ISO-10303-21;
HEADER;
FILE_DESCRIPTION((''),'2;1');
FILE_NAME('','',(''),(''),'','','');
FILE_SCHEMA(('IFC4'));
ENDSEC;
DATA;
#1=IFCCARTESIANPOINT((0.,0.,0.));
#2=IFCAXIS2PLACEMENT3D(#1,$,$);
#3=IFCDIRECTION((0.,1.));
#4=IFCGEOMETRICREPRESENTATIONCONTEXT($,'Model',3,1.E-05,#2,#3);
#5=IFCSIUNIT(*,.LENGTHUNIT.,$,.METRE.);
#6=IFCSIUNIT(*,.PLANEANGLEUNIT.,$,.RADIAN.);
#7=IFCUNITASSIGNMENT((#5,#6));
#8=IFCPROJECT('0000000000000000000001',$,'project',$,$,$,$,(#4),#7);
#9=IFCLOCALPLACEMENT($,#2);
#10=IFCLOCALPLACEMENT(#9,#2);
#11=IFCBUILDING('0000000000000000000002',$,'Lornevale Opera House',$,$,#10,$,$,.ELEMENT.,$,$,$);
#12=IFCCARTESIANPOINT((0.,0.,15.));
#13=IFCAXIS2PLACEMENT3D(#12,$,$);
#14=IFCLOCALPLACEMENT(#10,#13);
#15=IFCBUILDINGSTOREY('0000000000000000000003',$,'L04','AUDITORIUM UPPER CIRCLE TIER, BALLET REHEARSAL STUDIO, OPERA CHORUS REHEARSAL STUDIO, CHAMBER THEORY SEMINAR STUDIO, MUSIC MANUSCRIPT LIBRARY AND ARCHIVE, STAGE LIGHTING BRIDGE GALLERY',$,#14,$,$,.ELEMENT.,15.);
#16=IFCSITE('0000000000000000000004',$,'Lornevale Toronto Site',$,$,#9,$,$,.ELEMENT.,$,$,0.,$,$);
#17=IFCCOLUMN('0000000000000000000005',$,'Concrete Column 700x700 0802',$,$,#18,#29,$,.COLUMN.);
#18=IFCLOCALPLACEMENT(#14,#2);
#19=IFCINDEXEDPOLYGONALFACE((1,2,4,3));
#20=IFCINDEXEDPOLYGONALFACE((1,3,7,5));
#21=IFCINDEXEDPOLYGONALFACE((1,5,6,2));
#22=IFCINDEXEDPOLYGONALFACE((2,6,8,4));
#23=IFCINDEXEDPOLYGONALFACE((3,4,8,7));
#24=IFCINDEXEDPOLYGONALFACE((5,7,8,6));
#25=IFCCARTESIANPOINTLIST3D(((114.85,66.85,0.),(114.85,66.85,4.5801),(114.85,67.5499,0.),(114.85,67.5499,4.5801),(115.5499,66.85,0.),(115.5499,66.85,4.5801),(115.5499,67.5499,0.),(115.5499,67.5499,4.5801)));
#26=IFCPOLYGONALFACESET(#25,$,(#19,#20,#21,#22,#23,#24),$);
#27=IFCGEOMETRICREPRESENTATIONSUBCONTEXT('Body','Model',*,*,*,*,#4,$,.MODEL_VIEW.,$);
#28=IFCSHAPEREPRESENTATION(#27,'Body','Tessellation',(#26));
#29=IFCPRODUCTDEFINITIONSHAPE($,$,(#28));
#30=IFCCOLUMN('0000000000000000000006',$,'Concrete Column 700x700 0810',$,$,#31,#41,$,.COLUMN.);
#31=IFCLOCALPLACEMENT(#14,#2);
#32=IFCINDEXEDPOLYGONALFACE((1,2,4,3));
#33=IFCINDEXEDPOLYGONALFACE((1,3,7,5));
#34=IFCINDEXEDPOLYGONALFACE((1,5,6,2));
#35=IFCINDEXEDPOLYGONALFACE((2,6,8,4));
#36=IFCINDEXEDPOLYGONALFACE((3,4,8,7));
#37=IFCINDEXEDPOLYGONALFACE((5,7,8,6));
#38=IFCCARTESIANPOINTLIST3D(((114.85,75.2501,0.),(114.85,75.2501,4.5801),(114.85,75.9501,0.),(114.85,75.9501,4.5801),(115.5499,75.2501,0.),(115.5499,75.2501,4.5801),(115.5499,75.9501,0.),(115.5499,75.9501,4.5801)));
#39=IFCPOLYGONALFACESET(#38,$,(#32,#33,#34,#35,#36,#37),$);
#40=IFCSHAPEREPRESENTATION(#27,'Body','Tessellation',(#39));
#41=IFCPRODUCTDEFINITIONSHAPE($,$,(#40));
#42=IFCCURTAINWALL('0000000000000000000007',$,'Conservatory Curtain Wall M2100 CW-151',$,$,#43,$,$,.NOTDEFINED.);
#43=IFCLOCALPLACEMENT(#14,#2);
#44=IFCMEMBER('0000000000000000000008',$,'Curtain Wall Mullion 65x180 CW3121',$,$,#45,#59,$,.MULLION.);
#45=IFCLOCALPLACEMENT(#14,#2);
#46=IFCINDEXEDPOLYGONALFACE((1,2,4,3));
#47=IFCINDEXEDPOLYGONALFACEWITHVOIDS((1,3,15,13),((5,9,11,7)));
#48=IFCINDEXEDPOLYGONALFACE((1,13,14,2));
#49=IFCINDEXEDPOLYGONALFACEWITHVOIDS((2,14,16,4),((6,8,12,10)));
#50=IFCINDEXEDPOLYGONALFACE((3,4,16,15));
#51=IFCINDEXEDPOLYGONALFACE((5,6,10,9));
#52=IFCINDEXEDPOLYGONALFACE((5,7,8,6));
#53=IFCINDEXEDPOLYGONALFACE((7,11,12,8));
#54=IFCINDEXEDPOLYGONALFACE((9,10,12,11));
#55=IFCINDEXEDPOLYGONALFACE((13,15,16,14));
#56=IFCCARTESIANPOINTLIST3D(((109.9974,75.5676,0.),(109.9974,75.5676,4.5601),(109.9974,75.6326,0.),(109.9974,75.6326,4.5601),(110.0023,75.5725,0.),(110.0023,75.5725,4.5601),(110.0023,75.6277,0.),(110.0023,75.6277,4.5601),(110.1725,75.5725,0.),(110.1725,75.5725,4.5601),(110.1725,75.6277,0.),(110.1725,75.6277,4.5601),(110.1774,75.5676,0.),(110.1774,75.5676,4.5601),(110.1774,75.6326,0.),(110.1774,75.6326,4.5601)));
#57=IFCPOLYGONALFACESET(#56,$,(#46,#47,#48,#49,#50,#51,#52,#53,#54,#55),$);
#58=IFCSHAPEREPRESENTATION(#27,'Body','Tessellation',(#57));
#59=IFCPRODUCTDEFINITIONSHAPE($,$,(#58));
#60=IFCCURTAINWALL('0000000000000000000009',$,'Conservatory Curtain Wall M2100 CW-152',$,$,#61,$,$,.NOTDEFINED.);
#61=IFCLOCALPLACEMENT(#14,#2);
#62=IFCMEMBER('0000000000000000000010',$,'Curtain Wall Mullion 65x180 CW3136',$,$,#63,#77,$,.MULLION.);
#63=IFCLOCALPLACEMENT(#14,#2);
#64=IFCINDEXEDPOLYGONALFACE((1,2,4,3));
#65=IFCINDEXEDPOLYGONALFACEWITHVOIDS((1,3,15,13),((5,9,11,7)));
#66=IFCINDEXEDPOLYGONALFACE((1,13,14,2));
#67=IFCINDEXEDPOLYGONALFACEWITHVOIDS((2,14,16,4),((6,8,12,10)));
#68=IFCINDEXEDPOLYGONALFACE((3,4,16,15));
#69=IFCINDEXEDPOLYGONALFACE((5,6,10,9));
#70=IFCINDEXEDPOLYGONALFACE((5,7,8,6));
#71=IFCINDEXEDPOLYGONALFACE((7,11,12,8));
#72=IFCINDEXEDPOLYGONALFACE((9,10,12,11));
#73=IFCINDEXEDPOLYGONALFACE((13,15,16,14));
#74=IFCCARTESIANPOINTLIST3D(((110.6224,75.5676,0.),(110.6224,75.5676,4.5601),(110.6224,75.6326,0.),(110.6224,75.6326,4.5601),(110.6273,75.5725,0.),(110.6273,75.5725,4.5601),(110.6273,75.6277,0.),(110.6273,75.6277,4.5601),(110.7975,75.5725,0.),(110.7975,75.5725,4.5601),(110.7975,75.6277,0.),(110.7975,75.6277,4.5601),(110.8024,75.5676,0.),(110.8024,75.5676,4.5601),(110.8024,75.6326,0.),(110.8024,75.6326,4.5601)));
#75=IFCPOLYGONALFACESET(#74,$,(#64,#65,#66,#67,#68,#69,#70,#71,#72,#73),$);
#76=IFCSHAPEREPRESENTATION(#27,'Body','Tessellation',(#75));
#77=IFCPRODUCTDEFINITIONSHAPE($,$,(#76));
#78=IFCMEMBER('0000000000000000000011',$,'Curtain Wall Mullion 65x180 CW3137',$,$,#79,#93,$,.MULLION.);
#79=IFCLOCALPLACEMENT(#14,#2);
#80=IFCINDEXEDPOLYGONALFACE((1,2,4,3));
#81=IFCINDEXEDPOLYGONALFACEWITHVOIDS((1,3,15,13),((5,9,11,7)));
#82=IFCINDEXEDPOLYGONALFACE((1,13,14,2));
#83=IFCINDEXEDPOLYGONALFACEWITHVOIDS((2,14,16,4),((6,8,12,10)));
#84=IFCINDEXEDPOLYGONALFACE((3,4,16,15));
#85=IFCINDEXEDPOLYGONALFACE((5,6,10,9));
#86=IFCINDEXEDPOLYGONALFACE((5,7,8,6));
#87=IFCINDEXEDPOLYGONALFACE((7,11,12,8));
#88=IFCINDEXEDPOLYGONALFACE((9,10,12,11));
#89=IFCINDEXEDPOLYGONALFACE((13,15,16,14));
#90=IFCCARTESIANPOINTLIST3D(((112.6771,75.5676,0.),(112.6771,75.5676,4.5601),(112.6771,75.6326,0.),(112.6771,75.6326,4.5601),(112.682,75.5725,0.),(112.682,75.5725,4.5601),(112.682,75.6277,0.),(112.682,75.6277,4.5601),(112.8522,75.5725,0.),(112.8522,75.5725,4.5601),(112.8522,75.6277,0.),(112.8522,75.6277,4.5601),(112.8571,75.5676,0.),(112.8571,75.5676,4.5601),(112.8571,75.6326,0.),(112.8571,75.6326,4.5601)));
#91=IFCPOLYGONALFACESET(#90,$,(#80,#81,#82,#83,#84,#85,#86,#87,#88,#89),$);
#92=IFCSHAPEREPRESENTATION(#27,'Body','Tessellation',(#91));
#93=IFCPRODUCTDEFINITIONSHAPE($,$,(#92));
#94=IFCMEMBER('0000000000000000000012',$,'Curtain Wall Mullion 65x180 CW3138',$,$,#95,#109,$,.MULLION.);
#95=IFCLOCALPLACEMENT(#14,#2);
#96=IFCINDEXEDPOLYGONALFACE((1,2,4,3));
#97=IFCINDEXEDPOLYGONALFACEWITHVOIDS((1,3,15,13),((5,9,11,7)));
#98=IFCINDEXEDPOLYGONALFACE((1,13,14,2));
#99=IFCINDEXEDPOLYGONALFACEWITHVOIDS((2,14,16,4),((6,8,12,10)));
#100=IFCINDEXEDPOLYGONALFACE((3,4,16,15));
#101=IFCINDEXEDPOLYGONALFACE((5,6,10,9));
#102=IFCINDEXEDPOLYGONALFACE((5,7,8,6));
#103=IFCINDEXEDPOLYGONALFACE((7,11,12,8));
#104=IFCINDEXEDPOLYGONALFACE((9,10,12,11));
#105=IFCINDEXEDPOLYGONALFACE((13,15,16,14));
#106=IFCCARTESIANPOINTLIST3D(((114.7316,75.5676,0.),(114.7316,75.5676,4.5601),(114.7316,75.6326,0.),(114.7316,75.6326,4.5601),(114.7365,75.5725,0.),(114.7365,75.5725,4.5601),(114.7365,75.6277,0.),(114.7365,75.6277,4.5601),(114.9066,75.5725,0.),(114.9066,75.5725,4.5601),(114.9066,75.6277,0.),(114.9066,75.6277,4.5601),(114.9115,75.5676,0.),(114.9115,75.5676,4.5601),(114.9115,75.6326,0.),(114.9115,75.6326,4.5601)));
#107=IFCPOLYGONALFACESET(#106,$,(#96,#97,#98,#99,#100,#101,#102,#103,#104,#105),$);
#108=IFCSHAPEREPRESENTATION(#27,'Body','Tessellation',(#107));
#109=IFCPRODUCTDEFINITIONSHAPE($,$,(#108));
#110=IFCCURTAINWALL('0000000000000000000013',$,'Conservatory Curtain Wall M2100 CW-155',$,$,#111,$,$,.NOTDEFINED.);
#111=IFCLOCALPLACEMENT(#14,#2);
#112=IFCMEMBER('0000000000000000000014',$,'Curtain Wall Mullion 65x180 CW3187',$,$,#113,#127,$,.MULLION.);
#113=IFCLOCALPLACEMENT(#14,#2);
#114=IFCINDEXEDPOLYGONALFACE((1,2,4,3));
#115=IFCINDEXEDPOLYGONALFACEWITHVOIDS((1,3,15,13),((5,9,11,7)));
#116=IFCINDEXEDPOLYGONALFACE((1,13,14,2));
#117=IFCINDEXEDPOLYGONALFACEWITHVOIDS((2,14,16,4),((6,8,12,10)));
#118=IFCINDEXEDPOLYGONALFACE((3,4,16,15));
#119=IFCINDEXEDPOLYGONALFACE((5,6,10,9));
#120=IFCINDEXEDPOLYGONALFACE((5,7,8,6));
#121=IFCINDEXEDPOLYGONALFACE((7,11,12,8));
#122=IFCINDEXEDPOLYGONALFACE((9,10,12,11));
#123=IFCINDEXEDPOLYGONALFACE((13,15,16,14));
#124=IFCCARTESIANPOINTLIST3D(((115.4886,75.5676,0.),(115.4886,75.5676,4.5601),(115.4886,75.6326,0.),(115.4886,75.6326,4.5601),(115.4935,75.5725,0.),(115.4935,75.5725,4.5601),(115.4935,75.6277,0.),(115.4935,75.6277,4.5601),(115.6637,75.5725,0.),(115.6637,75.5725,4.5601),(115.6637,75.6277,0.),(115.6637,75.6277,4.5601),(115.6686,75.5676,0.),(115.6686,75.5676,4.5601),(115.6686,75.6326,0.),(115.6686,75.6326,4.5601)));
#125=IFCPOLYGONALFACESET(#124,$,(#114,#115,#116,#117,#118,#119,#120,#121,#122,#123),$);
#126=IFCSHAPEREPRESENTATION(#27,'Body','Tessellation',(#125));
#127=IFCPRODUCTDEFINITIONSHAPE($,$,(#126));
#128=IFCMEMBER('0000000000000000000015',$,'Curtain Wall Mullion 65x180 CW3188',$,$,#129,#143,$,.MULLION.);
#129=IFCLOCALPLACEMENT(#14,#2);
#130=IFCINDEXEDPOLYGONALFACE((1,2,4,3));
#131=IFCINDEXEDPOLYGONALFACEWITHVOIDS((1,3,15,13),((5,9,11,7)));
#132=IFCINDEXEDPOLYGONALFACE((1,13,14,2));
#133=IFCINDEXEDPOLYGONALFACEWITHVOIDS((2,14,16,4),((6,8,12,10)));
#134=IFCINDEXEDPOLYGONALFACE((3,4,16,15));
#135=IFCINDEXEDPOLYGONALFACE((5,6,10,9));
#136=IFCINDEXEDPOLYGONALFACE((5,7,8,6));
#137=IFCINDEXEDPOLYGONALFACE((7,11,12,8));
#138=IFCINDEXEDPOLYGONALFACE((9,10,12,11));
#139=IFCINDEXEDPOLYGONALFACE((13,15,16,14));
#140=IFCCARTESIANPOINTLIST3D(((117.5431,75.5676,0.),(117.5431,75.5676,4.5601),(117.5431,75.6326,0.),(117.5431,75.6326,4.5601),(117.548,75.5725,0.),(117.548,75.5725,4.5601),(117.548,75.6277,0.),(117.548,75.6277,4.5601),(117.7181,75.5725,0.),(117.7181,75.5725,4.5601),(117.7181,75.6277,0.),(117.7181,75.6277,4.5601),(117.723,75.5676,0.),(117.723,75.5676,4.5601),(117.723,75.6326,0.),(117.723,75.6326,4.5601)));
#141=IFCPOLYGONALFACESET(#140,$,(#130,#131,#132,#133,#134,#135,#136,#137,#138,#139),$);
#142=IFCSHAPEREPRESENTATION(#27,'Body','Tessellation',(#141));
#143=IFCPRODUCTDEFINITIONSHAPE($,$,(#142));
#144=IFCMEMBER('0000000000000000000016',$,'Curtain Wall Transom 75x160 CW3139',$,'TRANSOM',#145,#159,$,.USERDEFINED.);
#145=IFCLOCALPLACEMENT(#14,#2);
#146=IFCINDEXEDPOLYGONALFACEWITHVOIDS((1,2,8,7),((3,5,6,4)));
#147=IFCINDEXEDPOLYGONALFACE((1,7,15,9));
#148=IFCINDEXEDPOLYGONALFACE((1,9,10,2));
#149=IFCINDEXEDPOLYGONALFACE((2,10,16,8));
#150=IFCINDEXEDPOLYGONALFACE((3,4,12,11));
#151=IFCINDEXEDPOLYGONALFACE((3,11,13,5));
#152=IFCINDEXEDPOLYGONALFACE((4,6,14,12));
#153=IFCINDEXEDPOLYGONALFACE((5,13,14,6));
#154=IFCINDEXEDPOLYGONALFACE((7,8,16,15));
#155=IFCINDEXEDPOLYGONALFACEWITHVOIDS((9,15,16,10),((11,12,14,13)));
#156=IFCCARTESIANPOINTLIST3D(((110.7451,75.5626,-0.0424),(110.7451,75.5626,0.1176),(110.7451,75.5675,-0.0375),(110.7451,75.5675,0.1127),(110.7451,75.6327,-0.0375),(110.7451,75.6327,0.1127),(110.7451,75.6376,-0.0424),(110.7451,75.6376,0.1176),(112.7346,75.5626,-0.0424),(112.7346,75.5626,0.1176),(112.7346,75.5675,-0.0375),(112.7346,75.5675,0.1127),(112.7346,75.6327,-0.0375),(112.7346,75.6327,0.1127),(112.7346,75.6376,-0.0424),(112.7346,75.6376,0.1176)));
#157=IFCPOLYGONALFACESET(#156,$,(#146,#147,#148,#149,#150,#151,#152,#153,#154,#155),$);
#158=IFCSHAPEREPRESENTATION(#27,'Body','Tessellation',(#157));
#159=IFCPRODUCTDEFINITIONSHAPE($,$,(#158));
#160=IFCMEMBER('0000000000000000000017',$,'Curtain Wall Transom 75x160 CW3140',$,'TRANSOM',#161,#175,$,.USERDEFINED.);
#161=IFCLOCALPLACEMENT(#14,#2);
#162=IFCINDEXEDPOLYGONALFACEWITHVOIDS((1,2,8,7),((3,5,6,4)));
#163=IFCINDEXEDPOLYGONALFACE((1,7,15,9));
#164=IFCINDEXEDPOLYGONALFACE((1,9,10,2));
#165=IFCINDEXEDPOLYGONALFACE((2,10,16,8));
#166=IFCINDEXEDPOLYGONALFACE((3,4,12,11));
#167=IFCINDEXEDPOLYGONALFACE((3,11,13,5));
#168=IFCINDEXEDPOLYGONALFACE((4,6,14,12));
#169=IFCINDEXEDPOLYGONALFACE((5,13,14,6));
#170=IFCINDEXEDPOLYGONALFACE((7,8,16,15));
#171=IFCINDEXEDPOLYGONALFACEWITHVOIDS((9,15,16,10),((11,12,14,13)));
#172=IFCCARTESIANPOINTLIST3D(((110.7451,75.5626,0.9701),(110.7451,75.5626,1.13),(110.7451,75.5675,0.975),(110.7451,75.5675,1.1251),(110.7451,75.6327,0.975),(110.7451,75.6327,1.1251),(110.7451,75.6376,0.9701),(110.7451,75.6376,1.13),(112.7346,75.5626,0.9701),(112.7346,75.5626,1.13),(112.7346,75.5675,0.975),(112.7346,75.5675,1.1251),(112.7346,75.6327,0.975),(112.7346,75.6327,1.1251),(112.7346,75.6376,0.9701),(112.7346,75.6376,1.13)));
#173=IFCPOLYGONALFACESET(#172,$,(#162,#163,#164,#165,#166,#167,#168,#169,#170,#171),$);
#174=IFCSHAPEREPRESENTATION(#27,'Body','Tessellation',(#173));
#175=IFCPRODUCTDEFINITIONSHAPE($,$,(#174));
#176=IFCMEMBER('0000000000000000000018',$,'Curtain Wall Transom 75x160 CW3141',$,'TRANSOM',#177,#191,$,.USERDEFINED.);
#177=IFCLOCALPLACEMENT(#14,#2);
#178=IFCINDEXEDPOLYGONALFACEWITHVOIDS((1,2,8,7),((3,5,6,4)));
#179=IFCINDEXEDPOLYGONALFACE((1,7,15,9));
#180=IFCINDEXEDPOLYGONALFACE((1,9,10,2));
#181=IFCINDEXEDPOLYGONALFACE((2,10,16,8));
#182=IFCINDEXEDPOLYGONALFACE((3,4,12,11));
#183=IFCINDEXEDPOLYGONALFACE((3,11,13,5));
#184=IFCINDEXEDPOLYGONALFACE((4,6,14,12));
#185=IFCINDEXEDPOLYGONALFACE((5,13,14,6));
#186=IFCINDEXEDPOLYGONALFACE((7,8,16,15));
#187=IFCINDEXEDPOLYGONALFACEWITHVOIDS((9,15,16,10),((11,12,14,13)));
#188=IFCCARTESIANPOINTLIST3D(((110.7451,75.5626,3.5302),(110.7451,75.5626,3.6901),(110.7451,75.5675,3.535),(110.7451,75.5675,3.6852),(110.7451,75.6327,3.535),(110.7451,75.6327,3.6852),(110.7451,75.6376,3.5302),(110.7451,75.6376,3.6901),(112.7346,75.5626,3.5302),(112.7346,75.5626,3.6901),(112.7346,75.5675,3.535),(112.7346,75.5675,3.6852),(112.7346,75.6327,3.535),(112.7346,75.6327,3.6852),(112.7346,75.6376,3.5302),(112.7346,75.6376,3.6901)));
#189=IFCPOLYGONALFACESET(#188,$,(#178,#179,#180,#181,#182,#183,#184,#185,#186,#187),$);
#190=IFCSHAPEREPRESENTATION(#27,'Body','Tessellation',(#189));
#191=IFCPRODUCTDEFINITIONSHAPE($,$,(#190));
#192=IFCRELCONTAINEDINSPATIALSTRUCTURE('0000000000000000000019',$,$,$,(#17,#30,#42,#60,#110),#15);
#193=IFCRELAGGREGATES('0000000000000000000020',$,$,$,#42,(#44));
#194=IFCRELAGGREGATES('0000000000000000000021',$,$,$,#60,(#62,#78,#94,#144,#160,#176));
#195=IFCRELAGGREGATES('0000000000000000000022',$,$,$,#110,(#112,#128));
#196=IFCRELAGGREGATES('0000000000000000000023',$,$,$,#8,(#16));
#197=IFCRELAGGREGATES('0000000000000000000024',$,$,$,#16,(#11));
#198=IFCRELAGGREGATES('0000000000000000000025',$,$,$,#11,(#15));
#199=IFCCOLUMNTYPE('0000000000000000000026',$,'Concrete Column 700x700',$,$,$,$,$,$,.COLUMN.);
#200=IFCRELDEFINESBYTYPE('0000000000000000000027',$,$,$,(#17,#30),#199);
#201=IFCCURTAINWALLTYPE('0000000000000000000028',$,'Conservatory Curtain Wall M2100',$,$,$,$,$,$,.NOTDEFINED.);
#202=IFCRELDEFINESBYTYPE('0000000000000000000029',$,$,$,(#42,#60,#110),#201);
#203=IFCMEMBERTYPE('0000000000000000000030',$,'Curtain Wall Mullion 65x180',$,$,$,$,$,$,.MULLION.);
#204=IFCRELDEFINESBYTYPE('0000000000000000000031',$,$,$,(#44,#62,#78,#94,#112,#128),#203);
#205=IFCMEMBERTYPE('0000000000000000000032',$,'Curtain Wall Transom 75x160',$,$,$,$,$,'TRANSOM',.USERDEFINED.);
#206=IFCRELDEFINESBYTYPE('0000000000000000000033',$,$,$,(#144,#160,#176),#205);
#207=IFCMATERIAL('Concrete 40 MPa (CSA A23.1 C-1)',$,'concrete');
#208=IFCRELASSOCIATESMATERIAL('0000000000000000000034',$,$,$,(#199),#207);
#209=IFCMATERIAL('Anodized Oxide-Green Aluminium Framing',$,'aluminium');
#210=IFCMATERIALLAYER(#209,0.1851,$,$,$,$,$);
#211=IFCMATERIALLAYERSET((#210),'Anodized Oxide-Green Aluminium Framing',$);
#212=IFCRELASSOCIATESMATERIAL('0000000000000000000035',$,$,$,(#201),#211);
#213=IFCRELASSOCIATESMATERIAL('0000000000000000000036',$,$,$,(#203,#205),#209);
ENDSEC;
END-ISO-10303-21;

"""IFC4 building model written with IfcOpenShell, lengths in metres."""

from ifc_helpers import new_model, si_unit, direction, frame, origin, origin_2d, place, context, subcontext, project, spatial, rectangle, hollow_rectangle, extrude, material, layer, layer_set, material_profile, profile_set, type_object, element, aggregate, save


model = new_model("IFC4")

# Units and contexts
model_context = context("Model", 3, precision=1e-05, world=origin(), true_north=direction((0.0, 1.0)))
body_context = subcontext(model_context, "Body", "Model", "MODEL_VIEW")
ifc_project = project(units=[si_unit("LENGTHUNIT", "METRE"), si_unit("PLANEANGLEUNIT", "RADIAN")], contexts=[model_context])

# Site, building, storey
site_placement = place(None, origin())
site = spatial("IfcSite", under=ifc_project, at=site_placement, Name="Lornevale Toronto Site", CompositionType="ELEMENT", RefElevation=0.0)
building_placement = place(site_placement, origin())
building = spatial("IfcBuilding", under=site, at=building_placement, Name="Lornevale Opera House", CompositionType="ELEMENT")
storey_placement = place(building_placement, frame((0.0, 0.0, 15.0)))
storey = spatial("IfcBuildingStorey", under=building, at=storey_placement, Name="L04", Description="AUDITORIUM UPPER CIRCLE TIER, BALLET REHEARSAL STUDIO, OPERA CHORUS REHEARSAL STUDIO, CHAMBER THEORY SEMINAR STUDIO, MUSIC MANUSCRIPT LIBRARY AND ARCHIVE, STAGE LIGHTING BRIDGE GALLERY", CompositionType="ELEMENT", Elevation=15.0)

# Columns
ifc_material_1 = material(Name="Concrete 40 MPa (CSA A23.1 C-1)", Category="concrete")
ifc_material_profile_1 = material_profile(ifc_material_1, rectangle(XDim=0.7, YDim=0.7, at=origin_2d()), Name="RC700x700")
ifc_profile_set_1 = profile_set([ifc_material_profile_1], Name="Concrete 40 MPa (CSA A23.1 C-1)")
column_type = type_object("IfcColumnType", Name="Concrete Column 700x700", PredefinedType="COLUMN", material=ifc_profile_set_1)
for number, where, z_axis, x_axis, name in (
    (1, (115.2, 67.2, 0.0), (0.0, 0.0, 1.0), (1.0, 0.0, 0.0), "Concrete Column 700x700 0802"),
    (2, (115.2, 75.6001, 0.0), (0.0, 0.0, 1.0), (1.0, 0.0, 0.0), "Concrete Column 700x700 0810"),
):
    element("IfcColumn", number, at=place(storey_placement, frame(where, z_axis=z_axis, x_axis=x_axis)), inside=storey, type_object=column_type, Name=name, PredefinedType="COLUMN", context=body_context, shape_type="SweptSolid", body=[
        extrude(rectangle(XDim=0.7, YDim=0.7, at=origin_2d()), origin(), (0.0, 0.0, 1.0), 4.5801),
    ])

# Curtain wall, member
ifc_material_2 = material(Name="Anodized Oxide-Green Aluminium Framing", Category="aluminium")
ifc_layer_1 = layer(ifc_material_2, 0.1851)
ifc_layer_set_1 = layer_set([ifc_layer_1], Name="Anodized Oxide-Green Aluminium Framing")
curtain_wall_type = type_object("IfcCurtainWallType", Name="Conservatory Curtain Wall M2100", PredefinedType="NOTDEFINED", material=ifc_layer_set_1)
curtain_wall_1_placement = place(storey_placement, origin())
curtain_wall_1 = element("IfcCurtainWall", 3, at=curtain_wall_1_placement, inside=storey, type_object=curtain_wall_type, Name="Conservatory Curtain Wall M2100 CW-151", PredefinedType="NOTDEFINED")
ifc_material_profile_2 = material_profile(ifc_material_2, hollow_rectangle(XDim=0.0649, YDim=0.1799, WallThickness=0.0049, at=origin_2d()), Name="ALU65x180x5")
ifc_profile_set_2 = profile_set([ifc_material_profile_2], Name="Anodized Oxide-Green Aluminium Framing")
member_type_1 = type_object("IfcMemberType", Name="Curtain Wall Mullion 65x180", PredefinedType="MULLION", material=ifc_profile_set_2)
member_1_placement = place(storey_placement, frame((110.0874, 75.6001, 0.0), z_axis=(0.0, 0.0, 1.0), x_axis=(0.0, 1.0, 0.0)))
member_1 = element("IfcMember", 4, at=member_1_placement, type_object=member_type_1, Name="Curtain Wall Mullion 65x180 CW3121", PredefinedType="MULLION", context=body_context, shape_type="SweptSolid", body=[
    extrude(hollow_rectangle(XDim=0.0649, YDim=0.1799, WallThickness=0.0049, at=origin_2d()), origin(), (0.0, 0.0, 1.0), 4.5601),
])

# Curtain walls, members
curtain_wall_2_placement = place(storey_placement, origin())
curtain_wall_2 = element("IfcCurtainWall", 5, at=curtain_wall_2_placement, inside=storey, type_object=curtain_wall_type, Name="Conservatory Curtain Wall M2100 CW-152", PredefinedType="NOTDEFINED")
member_2_placement = place(storey_placement, frame((110.7124, 75.6001, 0.0), z_axis=(0.0, 0.0, 1.0), x_axis=(0.0, 1.0, 0.0)))
member_2 = element("IfcMember", 6, at=member_2_placement, type_object=member_type_1, Name="Curtain Wall Mullion 65x180 CW3136", PredefinedType="MULLION", context=body_context, shape_type="SweptSolid", body=[
    extrude(hollow_rectangle(XDim=0.0649, YDim=0.1799, WallThickness=0.0049, at=origin_2d()), origin(), (0.0, 0.0, 1.0), 4.5601),
])
member_3_placement = place(storey_placement, frame((112.7671, 75.6001, 0.0), z_axis=(0.0, 0.0, 1.0), x_axis=(0.0, 1.0, 0.0)))
member_3 = element("IfcMember", 7, at=member_3_placement, type_object=member_type_1, Name="Curtain Wall Mullion 65x180 CW3137", PredefinedType="MULLION", context=body_context, shape_type="SweptSolid", body=[
    extrude(hollow_rectangle(XDim=0.0649, YDim=0.1799, WallThickness=0.0049, at=origin_2d()), origin(), (0.0, 0.0, 1.0), 4.5601),
])
member_4_placement = place(storey_placement, frame((114.8215, 75.6001, 0.0), z_axis=(0.0, 0.0, 1.0), x_axis=(0.0, 1.0, 0.0)))
member_4 = element("IfcMember", 8, at=member_4_placement, type_object=member_type_1, Name="Curtain Wall Mullion 65x180 CW3138", PredefinedType="MULLION", context=body_context, shape_type="SweptSolid", body=[
    extrude(hollow_rectangle(XDim=0.0649, YDim=0.1799, WallThickness=0.0049, at=origin_2d()), origin(), (0.0, 0.0, 1.0), 4.5601),
])
curtain_wall_3_placement = place(storey_placement, origin())
curtain_wall_3 = element("IfcCurtainWall", 9, at=curtain_wall_3_placement, inside=storey, type_object=curtain_wall_type, Name="Conservatory Curtain Wall M2100 CW-155", PredefinedType="NOTDEFINED")
member_5_placement = place(storey_placement, frame((115.5786, 75.6001, 0.0), z_axis=(0.0, 0.0, 1.0), x_axis=(0.0, 1.0, 0.0)))
member_5 = element("IfcMember", 10, at=member_5_placement, type_object=member_type_1, Name="Curtain Wall Mullion 65x180 CW3187", PredefinedType="MULLION", context=body_context, shape_type="SweptSolid", body=[
    extrude(hollow_rectangle(XDim=0.0649, YDim=0.1799, WallThickness=0.0049, at=origin_2d()), origin(), (0.0, 0.0, 1.0), 4.5601),
])
member_6_placement = place(storey_placement, frame((117.6331, 75.6001, 0.0), z_axis=(0.0, 0.0, 1.0), x_axis=(0.0, 1.0, 0.0)))
member_6 = element("IfcMember", 11, at=member_6_placement, type_object=member_type_1, Name="Curtain Wall Mullion 65x180 CW3188", PredefinedType="MULLION", context=body_context, shape_type="SweptSolid", body=[
    extrude(hollow_rectangle(XDim=0.0649, YDim=0.1799, WallThickness=0.0049, at=origin_2d()), origin(), (0.0, 0.0, 1.0), 4.5601),
])

# Members
ifc_material_profile_3 = material_profile(ifc_material_2, hollow_rectangle(XDim=0.075, YDim=0.1599, WallThickness=0.0049, at=origin_2d()), Name="ALU75x160x5")
ifc_profile_set_3 = profile_set([ifc_material_profile_3], Name="Anodized Oxide-Green Aluminium Framing")
member_type_2 = type_object("IfcMemberType", Name="Curtain Wall Transom 75x160", ElementType="TRANSOM", PredefinedType="USERDEFINED", material=ifc_profile_set_3)
member_7_placement = place(storey_placement, frame((110.7451, 75.6001, 0.0376), z_axis=(1.0, 0.0, 0.0), x_axis=(0.0, 1.0, 0.0)))
member_7 = element("IfcMember", 12, at=member_7_placement, type_object=member_type_2, Name="Curtain Wall Transom 75x160 CW3139", ObjectType="TRANSOM", PredefinedType="USERDEFINED", context=body_context, shape_type="SweptSolid", body=[
    extrude(hollow_rectangle(XDim=0.075, YDim=0.1599, WallThickness=0.0049, at=origin_2d()), origin(), (0.0, 0.0, 1.0), 1.9895),
])
member_8_placement = place(storey_placement, frame((110.7451, 75.6001, 1.05), z_axis=(1.0, 0.0, 0.0), x_axis=(0.0, 1.0, 0.0)))
member_8 = element("IfcMember", 13, at=member_8_placement, type_object=member_type_2, Name="Curtain Wall Transom 75x160 CW3140", ObjectType="TRANSOM", PredefinedType="USERDEFINED", context=body_context, shape_type="SweptSolid", body=[
    extrude(hollow_rectangle(XDim=0.075, YDim=0.1599, WallThickness=0.0049, at=origin_2d()), origin(), (0.0, 0.0, 1.0), 1.9895),
])
member_9_placement = place(storey_placement, frame((110.7451, 75.6001, 3.6101), z_axis=(1.0, 0.0, 0.0), x_axis=(0.0, 1.0, 0.0)))
member_9 = element("IfcMember", 14, at=member_9_placement, type_object=member_type_2, Name="Curtain Wall Transom 75x160 CW3141", ObjectType="TRANSOM", PredefinedType="USERDEFINED", context=body_context, shape_type="SweptSolid", body=[
    extrude(hollow_rectangle(XDim=0.075, YDim=0.1599, WallThickness=0.0049, at=origin_2d()), origin(), (0.0, 0.0, 1.0), 1.9895),
])

aggregate(curtain_wall_1, [member_1])
aggregate(curtain_wall_2, [member_2, member_3, member_4, member_7, member_8, member_9])
aggregate(curtain_wall_3, [member_5, member_6])

save(model, "model.ifc")
